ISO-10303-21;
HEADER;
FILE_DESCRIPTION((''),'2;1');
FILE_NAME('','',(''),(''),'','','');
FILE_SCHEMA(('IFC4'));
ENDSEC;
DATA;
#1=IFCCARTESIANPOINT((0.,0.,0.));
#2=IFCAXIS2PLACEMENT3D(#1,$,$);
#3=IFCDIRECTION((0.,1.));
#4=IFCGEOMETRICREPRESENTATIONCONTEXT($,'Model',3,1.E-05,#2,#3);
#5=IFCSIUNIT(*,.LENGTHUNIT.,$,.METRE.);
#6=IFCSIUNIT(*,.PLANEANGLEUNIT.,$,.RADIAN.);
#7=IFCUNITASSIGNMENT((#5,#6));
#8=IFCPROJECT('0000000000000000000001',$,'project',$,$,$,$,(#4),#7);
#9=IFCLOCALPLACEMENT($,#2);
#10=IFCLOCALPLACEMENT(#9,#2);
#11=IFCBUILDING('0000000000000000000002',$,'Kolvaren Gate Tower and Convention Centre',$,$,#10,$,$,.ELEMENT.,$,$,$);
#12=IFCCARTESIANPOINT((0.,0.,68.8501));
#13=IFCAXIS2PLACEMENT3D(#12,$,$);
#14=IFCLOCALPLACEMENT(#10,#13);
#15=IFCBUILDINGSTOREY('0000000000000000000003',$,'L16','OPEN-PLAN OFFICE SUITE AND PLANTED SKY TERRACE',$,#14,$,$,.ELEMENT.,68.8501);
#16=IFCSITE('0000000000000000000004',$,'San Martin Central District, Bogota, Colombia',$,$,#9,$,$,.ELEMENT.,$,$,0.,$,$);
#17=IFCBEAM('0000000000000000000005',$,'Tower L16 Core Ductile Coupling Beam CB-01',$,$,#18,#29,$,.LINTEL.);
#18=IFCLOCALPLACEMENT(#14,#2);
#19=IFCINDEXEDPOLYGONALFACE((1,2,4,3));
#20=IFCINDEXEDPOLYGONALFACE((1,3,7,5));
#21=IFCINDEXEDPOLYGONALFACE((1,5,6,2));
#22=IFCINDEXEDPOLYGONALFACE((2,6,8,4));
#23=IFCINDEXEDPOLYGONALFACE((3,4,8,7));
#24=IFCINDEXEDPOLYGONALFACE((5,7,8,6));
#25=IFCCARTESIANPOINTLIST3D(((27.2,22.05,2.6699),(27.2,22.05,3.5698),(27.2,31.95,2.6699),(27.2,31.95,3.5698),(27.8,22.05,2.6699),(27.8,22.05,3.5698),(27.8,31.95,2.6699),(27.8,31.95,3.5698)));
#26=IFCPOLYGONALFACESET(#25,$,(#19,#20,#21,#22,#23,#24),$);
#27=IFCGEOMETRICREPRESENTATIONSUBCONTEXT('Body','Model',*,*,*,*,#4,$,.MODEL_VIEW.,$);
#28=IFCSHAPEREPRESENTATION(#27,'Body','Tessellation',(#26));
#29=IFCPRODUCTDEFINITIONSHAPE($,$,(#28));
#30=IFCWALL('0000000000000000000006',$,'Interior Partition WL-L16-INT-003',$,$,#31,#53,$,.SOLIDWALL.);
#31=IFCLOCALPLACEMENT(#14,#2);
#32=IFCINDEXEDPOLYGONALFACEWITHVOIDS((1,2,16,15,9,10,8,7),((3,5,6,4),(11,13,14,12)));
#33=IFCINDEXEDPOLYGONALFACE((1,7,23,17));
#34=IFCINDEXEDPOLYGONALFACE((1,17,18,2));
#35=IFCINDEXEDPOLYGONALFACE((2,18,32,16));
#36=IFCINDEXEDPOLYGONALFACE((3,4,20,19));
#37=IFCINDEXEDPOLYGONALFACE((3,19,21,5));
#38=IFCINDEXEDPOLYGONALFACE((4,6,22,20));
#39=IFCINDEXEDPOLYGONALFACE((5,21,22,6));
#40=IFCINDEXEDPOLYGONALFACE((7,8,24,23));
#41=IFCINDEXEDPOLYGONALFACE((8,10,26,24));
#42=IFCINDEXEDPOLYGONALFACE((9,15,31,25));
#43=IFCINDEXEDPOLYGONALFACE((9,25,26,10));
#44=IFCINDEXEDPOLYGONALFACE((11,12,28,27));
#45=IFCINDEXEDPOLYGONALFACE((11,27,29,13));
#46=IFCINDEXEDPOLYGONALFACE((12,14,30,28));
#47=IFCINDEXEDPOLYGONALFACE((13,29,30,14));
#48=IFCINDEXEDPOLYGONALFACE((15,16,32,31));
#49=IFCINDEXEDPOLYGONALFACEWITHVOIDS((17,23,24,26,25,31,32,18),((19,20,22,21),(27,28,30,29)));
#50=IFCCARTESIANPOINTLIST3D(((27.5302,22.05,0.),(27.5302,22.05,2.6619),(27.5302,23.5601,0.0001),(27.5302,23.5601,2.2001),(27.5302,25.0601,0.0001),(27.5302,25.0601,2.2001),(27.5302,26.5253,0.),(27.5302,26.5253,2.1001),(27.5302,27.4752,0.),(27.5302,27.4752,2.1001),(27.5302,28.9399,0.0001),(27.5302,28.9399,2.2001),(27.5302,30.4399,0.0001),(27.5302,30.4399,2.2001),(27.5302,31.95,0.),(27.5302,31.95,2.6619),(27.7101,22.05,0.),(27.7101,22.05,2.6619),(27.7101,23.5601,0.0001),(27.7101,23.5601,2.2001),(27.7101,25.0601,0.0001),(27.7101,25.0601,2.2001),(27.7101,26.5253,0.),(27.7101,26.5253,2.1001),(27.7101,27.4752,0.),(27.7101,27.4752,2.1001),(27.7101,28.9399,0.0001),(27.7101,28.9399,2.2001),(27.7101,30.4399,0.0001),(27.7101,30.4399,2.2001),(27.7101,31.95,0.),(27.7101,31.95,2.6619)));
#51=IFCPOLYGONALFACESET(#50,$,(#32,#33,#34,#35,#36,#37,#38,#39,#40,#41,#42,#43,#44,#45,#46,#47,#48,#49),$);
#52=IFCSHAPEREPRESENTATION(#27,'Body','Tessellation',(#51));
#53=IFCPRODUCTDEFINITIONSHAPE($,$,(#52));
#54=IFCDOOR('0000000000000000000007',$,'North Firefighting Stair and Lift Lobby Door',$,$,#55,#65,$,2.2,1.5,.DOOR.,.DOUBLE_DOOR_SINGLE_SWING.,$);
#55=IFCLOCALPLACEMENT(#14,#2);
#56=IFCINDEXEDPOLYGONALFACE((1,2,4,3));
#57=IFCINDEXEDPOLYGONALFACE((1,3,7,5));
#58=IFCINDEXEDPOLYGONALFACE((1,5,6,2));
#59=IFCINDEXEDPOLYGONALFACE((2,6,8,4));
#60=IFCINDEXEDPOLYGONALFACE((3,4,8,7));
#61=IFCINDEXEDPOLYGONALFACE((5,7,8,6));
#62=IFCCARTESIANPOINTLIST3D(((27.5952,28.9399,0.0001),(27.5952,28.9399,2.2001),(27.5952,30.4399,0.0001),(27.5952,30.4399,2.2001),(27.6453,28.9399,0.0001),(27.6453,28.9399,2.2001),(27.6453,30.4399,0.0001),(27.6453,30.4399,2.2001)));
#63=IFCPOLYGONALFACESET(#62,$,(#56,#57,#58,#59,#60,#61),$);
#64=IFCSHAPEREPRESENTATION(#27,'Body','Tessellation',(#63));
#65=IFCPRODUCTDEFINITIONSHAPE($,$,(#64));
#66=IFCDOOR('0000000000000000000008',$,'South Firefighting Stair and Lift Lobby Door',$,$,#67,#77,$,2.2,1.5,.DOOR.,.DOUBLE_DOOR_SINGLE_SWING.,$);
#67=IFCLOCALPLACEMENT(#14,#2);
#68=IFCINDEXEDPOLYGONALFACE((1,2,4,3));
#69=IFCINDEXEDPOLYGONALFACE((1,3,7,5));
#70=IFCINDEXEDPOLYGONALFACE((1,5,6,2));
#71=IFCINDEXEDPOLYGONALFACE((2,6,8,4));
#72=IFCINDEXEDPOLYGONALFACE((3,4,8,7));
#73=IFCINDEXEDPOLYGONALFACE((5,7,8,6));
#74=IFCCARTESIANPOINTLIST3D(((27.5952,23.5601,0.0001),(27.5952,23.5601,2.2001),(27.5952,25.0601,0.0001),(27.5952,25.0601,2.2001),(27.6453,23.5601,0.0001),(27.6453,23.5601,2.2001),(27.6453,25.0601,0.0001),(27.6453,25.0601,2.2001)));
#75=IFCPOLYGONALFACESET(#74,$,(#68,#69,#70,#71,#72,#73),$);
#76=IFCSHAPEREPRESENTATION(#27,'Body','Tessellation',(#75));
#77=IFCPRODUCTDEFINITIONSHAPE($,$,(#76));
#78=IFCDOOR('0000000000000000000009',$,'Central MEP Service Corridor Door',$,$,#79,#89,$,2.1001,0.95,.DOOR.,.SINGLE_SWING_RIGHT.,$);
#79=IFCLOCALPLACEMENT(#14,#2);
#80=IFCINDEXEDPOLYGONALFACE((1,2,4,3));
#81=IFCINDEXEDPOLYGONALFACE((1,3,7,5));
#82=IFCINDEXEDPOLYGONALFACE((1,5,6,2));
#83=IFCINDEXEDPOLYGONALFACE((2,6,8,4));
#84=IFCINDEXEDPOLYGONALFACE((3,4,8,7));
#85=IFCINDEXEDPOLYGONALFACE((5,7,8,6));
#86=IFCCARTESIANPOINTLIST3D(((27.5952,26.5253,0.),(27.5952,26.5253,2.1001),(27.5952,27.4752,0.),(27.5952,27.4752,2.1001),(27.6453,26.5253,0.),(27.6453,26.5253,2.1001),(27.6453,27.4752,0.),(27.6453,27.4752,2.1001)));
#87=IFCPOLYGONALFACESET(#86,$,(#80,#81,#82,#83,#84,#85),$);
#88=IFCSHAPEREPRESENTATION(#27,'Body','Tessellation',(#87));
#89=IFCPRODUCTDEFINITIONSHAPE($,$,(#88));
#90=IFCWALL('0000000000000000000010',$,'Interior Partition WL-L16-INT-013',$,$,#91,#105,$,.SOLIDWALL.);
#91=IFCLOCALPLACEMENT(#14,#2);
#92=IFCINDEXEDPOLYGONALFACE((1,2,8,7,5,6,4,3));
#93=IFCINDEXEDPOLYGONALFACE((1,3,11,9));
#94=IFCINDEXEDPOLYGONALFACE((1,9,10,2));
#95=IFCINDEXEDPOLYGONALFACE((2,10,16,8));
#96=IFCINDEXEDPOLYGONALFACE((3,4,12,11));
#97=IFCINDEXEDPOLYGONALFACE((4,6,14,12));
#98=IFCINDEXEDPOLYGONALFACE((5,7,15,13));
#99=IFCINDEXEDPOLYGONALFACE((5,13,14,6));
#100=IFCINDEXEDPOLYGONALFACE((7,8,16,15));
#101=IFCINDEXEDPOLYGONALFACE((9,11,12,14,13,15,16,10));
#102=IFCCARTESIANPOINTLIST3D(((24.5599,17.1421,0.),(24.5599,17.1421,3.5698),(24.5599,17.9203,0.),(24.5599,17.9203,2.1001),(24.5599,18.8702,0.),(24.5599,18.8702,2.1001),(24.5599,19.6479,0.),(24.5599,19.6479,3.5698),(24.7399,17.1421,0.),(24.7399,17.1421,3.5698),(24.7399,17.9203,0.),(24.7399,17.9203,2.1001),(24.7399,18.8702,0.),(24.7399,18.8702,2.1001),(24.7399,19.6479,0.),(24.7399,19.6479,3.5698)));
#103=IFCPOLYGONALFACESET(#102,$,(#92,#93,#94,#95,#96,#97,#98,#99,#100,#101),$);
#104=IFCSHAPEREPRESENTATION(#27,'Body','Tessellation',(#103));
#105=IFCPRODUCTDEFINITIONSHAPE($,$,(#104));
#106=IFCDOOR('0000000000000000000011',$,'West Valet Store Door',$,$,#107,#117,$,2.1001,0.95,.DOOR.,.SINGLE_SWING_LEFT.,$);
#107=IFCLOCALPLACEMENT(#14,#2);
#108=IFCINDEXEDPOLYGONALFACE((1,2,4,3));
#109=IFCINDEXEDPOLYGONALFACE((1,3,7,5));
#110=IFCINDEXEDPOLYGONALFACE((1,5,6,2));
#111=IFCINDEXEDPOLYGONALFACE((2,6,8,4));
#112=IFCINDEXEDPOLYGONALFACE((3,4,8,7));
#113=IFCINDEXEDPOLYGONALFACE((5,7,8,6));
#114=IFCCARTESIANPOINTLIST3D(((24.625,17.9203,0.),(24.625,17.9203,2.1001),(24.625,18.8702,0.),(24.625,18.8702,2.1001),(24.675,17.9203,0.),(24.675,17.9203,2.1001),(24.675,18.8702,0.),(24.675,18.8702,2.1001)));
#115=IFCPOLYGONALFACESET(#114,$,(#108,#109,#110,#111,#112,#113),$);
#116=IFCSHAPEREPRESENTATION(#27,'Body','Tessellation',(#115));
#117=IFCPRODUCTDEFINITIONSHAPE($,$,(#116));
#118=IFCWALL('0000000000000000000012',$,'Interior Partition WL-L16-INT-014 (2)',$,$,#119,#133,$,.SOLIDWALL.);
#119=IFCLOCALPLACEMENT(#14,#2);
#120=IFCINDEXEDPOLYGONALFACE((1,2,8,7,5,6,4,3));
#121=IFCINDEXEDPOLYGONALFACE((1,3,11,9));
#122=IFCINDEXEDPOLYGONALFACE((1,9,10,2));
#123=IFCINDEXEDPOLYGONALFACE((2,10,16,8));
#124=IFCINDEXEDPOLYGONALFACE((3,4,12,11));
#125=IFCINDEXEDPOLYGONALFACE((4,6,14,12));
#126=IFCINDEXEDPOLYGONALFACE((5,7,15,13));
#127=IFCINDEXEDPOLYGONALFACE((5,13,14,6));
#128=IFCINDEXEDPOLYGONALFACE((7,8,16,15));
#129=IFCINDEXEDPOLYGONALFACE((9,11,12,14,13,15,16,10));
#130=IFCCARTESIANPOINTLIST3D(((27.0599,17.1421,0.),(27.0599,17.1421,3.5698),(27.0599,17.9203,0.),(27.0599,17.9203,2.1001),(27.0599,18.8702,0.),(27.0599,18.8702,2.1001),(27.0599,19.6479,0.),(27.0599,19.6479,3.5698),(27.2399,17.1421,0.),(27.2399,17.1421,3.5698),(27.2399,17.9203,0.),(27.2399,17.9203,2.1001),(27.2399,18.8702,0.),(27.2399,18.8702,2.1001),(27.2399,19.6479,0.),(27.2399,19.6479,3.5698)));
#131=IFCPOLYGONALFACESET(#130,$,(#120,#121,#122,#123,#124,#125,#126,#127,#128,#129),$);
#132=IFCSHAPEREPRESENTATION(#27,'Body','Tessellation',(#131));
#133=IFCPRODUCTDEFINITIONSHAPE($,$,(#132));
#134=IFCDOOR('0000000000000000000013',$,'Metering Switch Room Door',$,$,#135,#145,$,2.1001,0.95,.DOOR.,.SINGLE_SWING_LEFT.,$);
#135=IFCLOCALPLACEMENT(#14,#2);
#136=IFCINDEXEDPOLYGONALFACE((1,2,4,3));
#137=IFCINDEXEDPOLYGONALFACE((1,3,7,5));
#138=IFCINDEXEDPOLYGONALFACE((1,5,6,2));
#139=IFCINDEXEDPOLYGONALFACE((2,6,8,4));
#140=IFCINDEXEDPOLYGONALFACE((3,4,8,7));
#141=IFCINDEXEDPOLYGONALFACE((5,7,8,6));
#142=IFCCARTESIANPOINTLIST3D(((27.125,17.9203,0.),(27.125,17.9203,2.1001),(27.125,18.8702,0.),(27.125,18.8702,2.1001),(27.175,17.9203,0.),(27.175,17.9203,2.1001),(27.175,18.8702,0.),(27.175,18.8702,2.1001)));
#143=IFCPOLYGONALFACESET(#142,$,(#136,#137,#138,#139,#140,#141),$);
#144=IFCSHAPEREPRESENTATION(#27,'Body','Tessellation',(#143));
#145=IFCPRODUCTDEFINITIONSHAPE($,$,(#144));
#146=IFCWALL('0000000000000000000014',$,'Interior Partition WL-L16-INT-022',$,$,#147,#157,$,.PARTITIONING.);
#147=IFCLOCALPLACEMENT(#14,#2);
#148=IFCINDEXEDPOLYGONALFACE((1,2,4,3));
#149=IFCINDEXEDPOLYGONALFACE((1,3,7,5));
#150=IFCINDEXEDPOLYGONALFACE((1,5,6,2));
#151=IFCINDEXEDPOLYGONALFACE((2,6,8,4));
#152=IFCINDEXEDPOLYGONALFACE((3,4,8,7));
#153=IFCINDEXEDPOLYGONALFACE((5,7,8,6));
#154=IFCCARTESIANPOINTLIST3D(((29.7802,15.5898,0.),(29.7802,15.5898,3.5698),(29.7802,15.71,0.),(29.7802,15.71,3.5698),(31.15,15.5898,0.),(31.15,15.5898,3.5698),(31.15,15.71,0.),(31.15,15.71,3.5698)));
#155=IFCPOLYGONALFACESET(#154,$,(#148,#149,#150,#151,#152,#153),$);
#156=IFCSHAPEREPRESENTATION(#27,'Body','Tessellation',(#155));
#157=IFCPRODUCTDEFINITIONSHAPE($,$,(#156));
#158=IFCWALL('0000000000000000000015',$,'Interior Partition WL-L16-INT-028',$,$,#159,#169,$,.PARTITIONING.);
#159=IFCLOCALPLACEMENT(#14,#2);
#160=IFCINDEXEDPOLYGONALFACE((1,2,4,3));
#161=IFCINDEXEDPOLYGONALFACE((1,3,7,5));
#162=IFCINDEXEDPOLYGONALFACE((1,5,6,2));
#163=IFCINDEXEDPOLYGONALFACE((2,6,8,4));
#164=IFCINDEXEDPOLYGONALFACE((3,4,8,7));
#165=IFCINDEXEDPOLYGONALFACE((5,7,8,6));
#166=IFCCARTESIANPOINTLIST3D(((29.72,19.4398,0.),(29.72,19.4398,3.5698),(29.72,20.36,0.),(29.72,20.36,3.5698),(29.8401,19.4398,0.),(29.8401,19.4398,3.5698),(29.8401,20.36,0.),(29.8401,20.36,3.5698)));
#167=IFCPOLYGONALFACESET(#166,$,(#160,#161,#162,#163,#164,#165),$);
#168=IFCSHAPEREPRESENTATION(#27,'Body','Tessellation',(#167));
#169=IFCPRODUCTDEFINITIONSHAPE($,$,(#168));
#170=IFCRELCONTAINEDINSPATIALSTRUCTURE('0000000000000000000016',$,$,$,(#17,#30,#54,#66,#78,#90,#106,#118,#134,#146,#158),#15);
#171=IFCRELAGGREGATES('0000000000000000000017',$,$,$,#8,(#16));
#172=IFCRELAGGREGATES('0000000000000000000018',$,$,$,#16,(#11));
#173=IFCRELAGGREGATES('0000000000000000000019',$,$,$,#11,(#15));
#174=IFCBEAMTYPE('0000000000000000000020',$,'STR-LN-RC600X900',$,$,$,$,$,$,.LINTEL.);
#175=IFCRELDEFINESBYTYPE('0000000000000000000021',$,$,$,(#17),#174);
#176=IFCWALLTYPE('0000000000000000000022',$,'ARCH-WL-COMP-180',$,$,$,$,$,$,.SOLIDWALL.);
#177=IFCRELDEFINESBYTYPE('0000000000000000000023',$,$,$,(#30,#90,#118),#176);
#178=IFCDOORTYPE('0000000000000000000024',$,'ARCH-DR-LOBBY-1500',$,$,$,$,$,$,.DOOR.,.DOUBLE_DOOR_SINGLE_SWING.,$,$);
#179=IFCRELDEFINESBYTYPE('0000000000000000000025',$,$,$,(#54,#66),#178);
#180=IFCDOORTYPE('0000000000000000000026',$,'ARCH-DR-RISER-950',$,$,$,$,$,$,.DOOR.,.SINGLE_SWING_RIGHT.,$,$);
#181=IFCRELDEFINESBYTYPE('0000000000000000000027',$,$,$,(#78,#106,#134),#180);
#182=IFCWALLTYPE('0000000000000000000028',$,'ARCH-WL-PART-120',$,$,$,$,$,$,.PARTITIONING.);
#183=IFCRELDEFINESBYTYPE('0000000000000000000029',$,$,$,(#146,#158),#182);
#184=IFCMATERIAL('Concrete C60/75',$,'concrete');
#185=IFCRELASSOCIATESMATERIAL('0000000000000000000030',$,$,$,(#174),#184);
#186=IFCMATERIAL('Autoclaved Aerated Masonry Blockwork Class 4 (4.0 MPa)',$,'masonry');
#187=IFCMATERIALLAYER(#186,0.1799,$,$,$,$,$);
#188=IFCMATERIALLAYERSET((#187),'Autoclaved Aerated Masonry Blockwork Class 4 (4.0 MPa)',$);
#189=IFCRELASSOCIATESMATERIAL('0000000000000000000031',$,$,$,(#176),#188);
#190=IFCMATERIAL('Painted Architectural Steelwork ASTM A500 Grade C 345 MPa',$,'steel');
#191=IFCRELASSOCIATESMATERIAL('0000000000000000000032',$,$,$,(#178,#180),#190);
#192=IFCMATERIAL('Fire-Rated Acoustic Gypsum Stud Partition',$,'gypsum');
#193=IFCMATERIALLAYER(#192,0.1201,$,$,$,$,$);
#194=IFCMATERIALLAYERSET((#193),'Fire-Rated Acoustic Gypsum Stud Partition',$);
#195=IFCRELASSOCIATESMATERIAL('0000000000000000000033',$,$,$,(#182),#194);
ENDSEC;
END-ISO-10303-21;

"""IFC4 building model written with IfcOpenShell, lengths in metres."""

from ifc_helpers import new_model, si_unit, direction, frame, frame_2d, origin, origin_2d, place, context, subcontext, project, spatial, rectangle, extrude, material, layer, layer_set, material_profile, profile_set, type_object, element, fill, save


model = new_model("IFC4")

# Units and contexts
model_context = context("Model", 3, precision=1e-05, world=origin(), true_north=direction((0.0, 1.0)))
body_context = subcontext(model_context, "Body", "Model", "MODEL_VIEW")
ifc_project = project(units=[si_unit("LENGTHUNIT", "METRE"), si_unit("PLANEANGLEUNIT", "RADIAN")], contexts=[model_context])

# Site, building, storey
site_placement = place(None, origin())
site = spatial("IfcSite", under=ifc_project, at=site_placement, Name="San Martin Central District, Bogota, Colombia", CompositionType="ELEMENT", RefElevation=0.0)
building_placement = place(site_placement, origin())
building = spatial("IfcBuilding", under=site, at=building_placement, Name="Kolvaren Gate Tower and Convention Centre", CompositionType="ELEMENT")
storey_placement = place(building_placement, frame((0.0, 0.0, 68.8501)))
storey = spatial("IfcBuildingStorey", under=building, at=storey_placement, Name="L16", Description="OPEN-PLAN OFFICE SUITE AND PLANTED SKY TERRACE", CompositionType="ELEMENT", Elevation=68.8501)

# Beam
ifc_material_1 = material(Name="Concrete C60/75", Category="concrete")
ifc_material_profile = material_profile(ifc_material_1, rectangle(XDim=0.6001, YDim=0.8999, at=origin_2d()), Name="RC-BM-600X900")
ifc_profile_set = profile_set([ifc_material_profile], Name="Concrete C60/75")
beam_type = type_object("IfcBeamType", Name="STR-LN-RC600X900", PredefinedType="LINTEL", material=ifc_profile_set)
beam_placement = place(storey_placement, frame((27.5, 22.05, 3.1199), z_axis=(0.0, 1.0, 0.0), x_axis=(-1.0, 0.0, 0.0)))
element("IfcBeam", 1, at=beam_placement, inside=storey, type_object=beam_type, Name="Tower L16 Core Ductile Coupling Beam CB-01", PredefinedType="LINTEL", context=body_context, shape_type="SweptSolid", body=[
    extrude(rectangle(XDim=0.6001, YDim=0.8999, at=origin_2d()), origin(), (0.0, 0.0, 1.0), 9.8999),
])

# Wall, openings, doors
ifc_material_2 = material(Name="Autoclaved Aerated Masonry Blockwork Class 4 (4.0 MPa)", Category="masonry")
ifc_layer_1 = layer(ifc_material_2, 0.1799)
ifc_layer_set_1 = layer_set([ifc_layer_1], Name="Autoclaved Aerated Masonry Blockwork Class 4 (4.0 MPa)")
wall_type_1 = type_object("IfcWallType", Name="ARCH-WL-COMP-180", PredefinedType="SOLIDWALL", material=ifc_layer_set_1)
wall_1_placement = place(storey_placement, frame((27.6201, 22.05, 0.0), z_axis=(0.0, 0.0, 1.0), x_axis=(0.0, 1.0, 0.0)))
wall_1 = element("IfcWall", 2, at=wall_1_placement, inside=storey, type_object=wall_type_1, Name="Interior Partition WL-L16-INT-003", PredefinedType="SOLIDWALL", context=body_context, shape_type="SweptSolid", body=[
    extrude(rectangle(XDim=9.8999, YDim=0.1799, at=frame_2d((4.95, 0.0))), origin(), (0.0, 0.0, 1.0), 2.6619),
])
opening_1_placement = place(wall_1_placement, frame((4.4751, 0.0, 0.0)))
opening_1 = element("IfcOpeningElement", 3, at=opening_1_placement, cuts=wall_1, PredefinedType="OPENING", context=body_context, shape_type="SweptSolid", body=[
    extrude(rectangle(XDim=0.95, YDim=2.1001, at=frame_2d((0.4751, 1.05))), frame((0.0, 0.0999, 0.0), z_axis=(0.0, -1.0, 0.0), x_axis=(1.0, 0.0, 0.0)), (0.0, 0.0, 1.0), 0.2),
])
opening_2_placement = place(wall_1_placement, frame((6.8899, 0.0, 0.0)))
opening_2 = element("IfcOpeningElement", 4, at=opening_2_placement, cuts=wall_1, PredefinedType="OPENING", context=body_context, shape_type="SweptSolid", body=[
    extrude(rectangle(XDim=1.5, YDim=2.2, at=frame_2d((0.75, 1.1001))), frame((0.0, 0.0999, 0.0), z_axis=(0.0, -1.0, 0.0), x_axis=(1.0, 0.0, 0.0)), (0.0, 0.0, 1.0), 0.2),
])
opening_3_placement = place(wall_1_placement, frame((1.51, 0.0, 0.0)))
opening_3 = element("IfcOpeningElement", 5, at=opening_3_placement, cuts=wall_1, PredefinedType="OPENING", context=body_context, shape_type="SweptSolid", body=[
    extrude(rectangle(XDim=1.5, YDim=2.2, at=frame_2d((0.75, 1.1001))), frame((0.0, 0.0999, 0.0), z_axis=(0.0, -1.0, 0.0), x_axis=(1.0, 0.0, 0.0)), (0.0, 0.0, 1.0), 0.2),
])
ifc_material_3 = material(Name="Painted Architectural Steelwork ASTM A500 Grade C 345 MPa", Category="steel")
door_type_1 = type_object("IfcDoorType", Name="ARCH-DR-LOBBY-1500", OperationType="DOUBLE_DOOR_SINGLE_SWING", PredefinedType="DOOR", material=ifc_material_3)
door_1_placement = place(opening_2_placement, origin())
door_1 = element("IfcDoor", 6, at=door_1_placement, inside=storey, type_object=door_type_1, Name="North Firefighting Stair and Lift Lobby Door", OperationType="DOUBLE_DOOR_SINGLE_SWING", OverallHeight=2.2, OverallWidth=1.5, PredefinedType="DOOR", context=body_context, shape_type="SweptSolid", body=[
    extrude(rectangle(XDim=1.5, YDim=2.2, at=frame_2d((0.75, 1.1001))), frame((0.0, 0.0249, 0.0), z_axis=(0.0, -1.0, 0.0), x_axis=(1.0, 0.0, 0.0)), (0.0, 0.0, 1.0), 0.05),
])
fill(opening_2, door_1)
door_2_placement = place(opening_3_placement, origin())
door_2 = element("IfcDoor", 7, at=door_2_placement, inside=storey, type_object=door_type_1, Name="South Firefighting Stair and Lift Lobby Door", OperationType="DOUBLE_DOOR_SINGLE_SWING", OverallHeight=2.2, OverallWidth=1.5, PredefinedType="DOOR", context=body_context, shape_type="SweptSolid", body=[
    extrude(rectangle(XDim=1.5, YDim=2.2, at=frame_2d((0.75, 1.1001))), frame((0.0, 0.0249, 0.0), z_axis=(0.0, -1.0, 0.0), x_axis=(1.0, 0.0, 0.0)), (0.0, 0.0, 1.0), 0.05),
])
fill(opening_3, door_2)
door_type_2 = type_object("IfcDoorType", Name="ARCH-DR-RISER-950", OperationType="SINGLE_SWING_RIGHT", PredefinedType="DOOR", material=ifc_material_3)
door_3_placement = place(opening_1_placement, origin())
door_3 = element("IfcDoor", 8, at=door_3_placement, inside=storey, type_object=door_type_2, Name="Central MEP Service Corridor Door", OperationType="SINGLE_SWING_RIGHT", OverallHeight=2.1001, OverallWidth=0.95, PredefinedType="DOOR", context=body_context, shape_type="SweptSolid", body=[
    extrude(rectangle(XDim=0.95, YDim=2.1001, at=frame_2d((0.4751, 1.05))), frame((0.0, 0.0249, 0.0), z_axis=(0.0, -1.0, 0.0), x_axis=(1.0, 0.0, 0.0)), (0.0, 0.0, 1.0), 0.05),
])
fill(opening_1, door_3)

# Walls, openings, doors
wall_2_placement = place(storey_placement, frame((24.6499, 17.1421, 0.0), z_axis=(0.0, 0.0, 1.0), x_axis=(0.0, 1.0, 0.0)))
wall_2 = element("IfcWall", 9, at=wall_2_placement, inside=storey, type_object=wall_type_1, Name="Interior Partition WL-L16-INT-013", PredefinedType="SOLIDWALL", context=body_context, shape_type="SweptSolid", body=[
    extrude(rectangle(XDim=2.5059, YDim=0.1799, at=frame_2d((1.2529, 0.0))), origin(), (0.0, 0.0, 1.0), 3.5698),
])
opening_4_placement = place(wall_2_placement, frame((0.7781, 0.0, 0.0)))
opening_4 = element("IfcOpeningElement", 10, at=opening_4_placement, cuts=wall_2, PredefinedType="OPENING", context=body_context, shape_type="SweptSolid", body=[
    extrude(rectangle(XDim=0.95, YDim=2.1001, at=frame_2d((0.4751, 1.05))), frame((0.0, 0.0999, 0.0), z_axis=(0.0, -1.0, 0.0), x_axis=(1.0, 0.0, 0.0)), (0.0, 0.0, 1.0), 0.2),
])
door_4_placement = place(opening_4_placement, origin())
door_4 = element("IfcDoor", 11, at=door_4_placement, inside=storey, type_object=door_type_2, Name="West Valet Store Door", OperationType="SINGLE_SWING_LEFT", OverallHeight=2.1001, OverallWidth=0.95, PredefinedType="DOOR", context=body_context, shape_type="SweptSolid", body=[
    extrude(rectangle(XDim=0.95, YDim=2.1001, at=frame_2d((0.4751, 1.05))), frame((0.0, 0.0249, 0.0), z_axis=(0.0, -1.0, 0.0), x_axis=(1.0, 0.0, 0.0)), (0.0, 0.0, 1.0), 0.05),
])
fill(opening_4, door_4)
wall_3_placement = place(storey_placement, frame((27.1499, 17.1421, 0.0), z_axis=(0.0, 0.0, 1.0), x_axis=(0.0, 1.0, 0.0)))
wall_3 = element("IfcWall", 12, at=wall_3_placement, inside=storey, type_object=wall_type_1, Name="Interior Partition WL-L16-INT-014 (2)", PredefinedType="SOLIDWALL", context=body_context, shape_type="SweptSolid", body=[
    extrude(rectangle(XDim=2.5059, YDim=0.1799, at=frame_2d((1.2529, 0.0))), origin(), (0.0, 0.0, 1.0), 3.5698),
])
opening_5_placement = place(wall_3_placement, frame((0.7781, 0.0, 0.0)))
opening_5 = element("IfcOpeningElement", 13, at=opening_5_placement, cuts=wall_3, PredefinedType="OPENING", context=body_context, shape_type="SweptSolid", body=[
    extrude(rectangle(XDim=0.95, YDim=2.1001, at=frame_2d((0.4751, 1.05))), frame((0.0, 0.0999, 0.0), z_axis=(0.0, -1.0, 0.0), x_axis=(1.0, 0.0, 0.0)), (0.0, 0.0, 1.0), 0.2),
])
door_5_placement = place(opening_5_placement, origin())
door_5 = element("IfcDoor", 14, at=door_5_placement, inside=storey, type_object=door_type_2, Name="Metering Switch Room Door", OperationType="SINGLE_SWING_LEFT", OverallHeight=2.1001, OverallWidth=0.95, PredefinedType="DOOR", context=body_context, shape_type="SweptSolid", body=[
    extrude(rectangle(XDim=0.95, YDim=2.1001, at=frame_2d((0.4751, 1.05))), frame((0.0, 0.0249, 0.0), z_axis=(0.0, -1.0, 0.0), x_axis=(1.0, 0.0, 0.0)), (0.0, 0.0, 1.0), 0.05),
])
fill(opening_5, door_5)

# Walls
ifc_material_4 = material(Name="Fire-Rated Acoustic Gypsum Stud Partition", Category="gypsum")
ifc_layer_2 = layer(ifc_material_4, 0.1201)
ifc_layer_set_2 = layer_set([ifc_layer_2], Name="Fire-Rated Acoustic Gypsum Stud Partition")
wall_type_2 = type_object("IfcWallType", Name="ARCH-WL-PART-120", PredefinedType="PARTITIONING", material=ifc_layer_set_2)
wall_4_placement = place(storey_placement, frame((29.78, 15.6499, 0.0), z_axis=(0.0, 0.0, 1.0), x_axis=(1.0, 0.0, 0.0)))
element("IfcWall", 15, at=wall_4_placement, inside=storey, type_object=wall_type_2, Name="Interior Partition WL-L16-INT-022", PredefinedType="PARTITIONING", context=body_context, shape_type="SweptSolid", body=[
    extrude(rectangle(XDim=1.3699, YDim=0.1201, at=frame_2d((0.6851, 0.0))), origin(), (0.0, 0.0, 1.0), 3.5698),
])
wall_5_placement = place(storey_placement, frame((29.78, 19.4399, 0.0), z_axis=(0.0, 0.0, 1.0), x_axis=(0.0, 1.0, 0.0)))
element("IfcWall", 16, at=wall_5_placement, inside=storey, type_object=wall_type_2, Name="Interior Partition WL-L16-INT-028", PredefinedType="PARTITIONING", context=body_context, shape_type="SweptSolid", body=[
    extrude(rectangle(XDim=0.9202, YDim=0.1201, at=frame_2d((0.46, 0.0))), origin(), (0.0, 0.0, 1.0), 3.5698),
])

save(model, "model.ifc")
